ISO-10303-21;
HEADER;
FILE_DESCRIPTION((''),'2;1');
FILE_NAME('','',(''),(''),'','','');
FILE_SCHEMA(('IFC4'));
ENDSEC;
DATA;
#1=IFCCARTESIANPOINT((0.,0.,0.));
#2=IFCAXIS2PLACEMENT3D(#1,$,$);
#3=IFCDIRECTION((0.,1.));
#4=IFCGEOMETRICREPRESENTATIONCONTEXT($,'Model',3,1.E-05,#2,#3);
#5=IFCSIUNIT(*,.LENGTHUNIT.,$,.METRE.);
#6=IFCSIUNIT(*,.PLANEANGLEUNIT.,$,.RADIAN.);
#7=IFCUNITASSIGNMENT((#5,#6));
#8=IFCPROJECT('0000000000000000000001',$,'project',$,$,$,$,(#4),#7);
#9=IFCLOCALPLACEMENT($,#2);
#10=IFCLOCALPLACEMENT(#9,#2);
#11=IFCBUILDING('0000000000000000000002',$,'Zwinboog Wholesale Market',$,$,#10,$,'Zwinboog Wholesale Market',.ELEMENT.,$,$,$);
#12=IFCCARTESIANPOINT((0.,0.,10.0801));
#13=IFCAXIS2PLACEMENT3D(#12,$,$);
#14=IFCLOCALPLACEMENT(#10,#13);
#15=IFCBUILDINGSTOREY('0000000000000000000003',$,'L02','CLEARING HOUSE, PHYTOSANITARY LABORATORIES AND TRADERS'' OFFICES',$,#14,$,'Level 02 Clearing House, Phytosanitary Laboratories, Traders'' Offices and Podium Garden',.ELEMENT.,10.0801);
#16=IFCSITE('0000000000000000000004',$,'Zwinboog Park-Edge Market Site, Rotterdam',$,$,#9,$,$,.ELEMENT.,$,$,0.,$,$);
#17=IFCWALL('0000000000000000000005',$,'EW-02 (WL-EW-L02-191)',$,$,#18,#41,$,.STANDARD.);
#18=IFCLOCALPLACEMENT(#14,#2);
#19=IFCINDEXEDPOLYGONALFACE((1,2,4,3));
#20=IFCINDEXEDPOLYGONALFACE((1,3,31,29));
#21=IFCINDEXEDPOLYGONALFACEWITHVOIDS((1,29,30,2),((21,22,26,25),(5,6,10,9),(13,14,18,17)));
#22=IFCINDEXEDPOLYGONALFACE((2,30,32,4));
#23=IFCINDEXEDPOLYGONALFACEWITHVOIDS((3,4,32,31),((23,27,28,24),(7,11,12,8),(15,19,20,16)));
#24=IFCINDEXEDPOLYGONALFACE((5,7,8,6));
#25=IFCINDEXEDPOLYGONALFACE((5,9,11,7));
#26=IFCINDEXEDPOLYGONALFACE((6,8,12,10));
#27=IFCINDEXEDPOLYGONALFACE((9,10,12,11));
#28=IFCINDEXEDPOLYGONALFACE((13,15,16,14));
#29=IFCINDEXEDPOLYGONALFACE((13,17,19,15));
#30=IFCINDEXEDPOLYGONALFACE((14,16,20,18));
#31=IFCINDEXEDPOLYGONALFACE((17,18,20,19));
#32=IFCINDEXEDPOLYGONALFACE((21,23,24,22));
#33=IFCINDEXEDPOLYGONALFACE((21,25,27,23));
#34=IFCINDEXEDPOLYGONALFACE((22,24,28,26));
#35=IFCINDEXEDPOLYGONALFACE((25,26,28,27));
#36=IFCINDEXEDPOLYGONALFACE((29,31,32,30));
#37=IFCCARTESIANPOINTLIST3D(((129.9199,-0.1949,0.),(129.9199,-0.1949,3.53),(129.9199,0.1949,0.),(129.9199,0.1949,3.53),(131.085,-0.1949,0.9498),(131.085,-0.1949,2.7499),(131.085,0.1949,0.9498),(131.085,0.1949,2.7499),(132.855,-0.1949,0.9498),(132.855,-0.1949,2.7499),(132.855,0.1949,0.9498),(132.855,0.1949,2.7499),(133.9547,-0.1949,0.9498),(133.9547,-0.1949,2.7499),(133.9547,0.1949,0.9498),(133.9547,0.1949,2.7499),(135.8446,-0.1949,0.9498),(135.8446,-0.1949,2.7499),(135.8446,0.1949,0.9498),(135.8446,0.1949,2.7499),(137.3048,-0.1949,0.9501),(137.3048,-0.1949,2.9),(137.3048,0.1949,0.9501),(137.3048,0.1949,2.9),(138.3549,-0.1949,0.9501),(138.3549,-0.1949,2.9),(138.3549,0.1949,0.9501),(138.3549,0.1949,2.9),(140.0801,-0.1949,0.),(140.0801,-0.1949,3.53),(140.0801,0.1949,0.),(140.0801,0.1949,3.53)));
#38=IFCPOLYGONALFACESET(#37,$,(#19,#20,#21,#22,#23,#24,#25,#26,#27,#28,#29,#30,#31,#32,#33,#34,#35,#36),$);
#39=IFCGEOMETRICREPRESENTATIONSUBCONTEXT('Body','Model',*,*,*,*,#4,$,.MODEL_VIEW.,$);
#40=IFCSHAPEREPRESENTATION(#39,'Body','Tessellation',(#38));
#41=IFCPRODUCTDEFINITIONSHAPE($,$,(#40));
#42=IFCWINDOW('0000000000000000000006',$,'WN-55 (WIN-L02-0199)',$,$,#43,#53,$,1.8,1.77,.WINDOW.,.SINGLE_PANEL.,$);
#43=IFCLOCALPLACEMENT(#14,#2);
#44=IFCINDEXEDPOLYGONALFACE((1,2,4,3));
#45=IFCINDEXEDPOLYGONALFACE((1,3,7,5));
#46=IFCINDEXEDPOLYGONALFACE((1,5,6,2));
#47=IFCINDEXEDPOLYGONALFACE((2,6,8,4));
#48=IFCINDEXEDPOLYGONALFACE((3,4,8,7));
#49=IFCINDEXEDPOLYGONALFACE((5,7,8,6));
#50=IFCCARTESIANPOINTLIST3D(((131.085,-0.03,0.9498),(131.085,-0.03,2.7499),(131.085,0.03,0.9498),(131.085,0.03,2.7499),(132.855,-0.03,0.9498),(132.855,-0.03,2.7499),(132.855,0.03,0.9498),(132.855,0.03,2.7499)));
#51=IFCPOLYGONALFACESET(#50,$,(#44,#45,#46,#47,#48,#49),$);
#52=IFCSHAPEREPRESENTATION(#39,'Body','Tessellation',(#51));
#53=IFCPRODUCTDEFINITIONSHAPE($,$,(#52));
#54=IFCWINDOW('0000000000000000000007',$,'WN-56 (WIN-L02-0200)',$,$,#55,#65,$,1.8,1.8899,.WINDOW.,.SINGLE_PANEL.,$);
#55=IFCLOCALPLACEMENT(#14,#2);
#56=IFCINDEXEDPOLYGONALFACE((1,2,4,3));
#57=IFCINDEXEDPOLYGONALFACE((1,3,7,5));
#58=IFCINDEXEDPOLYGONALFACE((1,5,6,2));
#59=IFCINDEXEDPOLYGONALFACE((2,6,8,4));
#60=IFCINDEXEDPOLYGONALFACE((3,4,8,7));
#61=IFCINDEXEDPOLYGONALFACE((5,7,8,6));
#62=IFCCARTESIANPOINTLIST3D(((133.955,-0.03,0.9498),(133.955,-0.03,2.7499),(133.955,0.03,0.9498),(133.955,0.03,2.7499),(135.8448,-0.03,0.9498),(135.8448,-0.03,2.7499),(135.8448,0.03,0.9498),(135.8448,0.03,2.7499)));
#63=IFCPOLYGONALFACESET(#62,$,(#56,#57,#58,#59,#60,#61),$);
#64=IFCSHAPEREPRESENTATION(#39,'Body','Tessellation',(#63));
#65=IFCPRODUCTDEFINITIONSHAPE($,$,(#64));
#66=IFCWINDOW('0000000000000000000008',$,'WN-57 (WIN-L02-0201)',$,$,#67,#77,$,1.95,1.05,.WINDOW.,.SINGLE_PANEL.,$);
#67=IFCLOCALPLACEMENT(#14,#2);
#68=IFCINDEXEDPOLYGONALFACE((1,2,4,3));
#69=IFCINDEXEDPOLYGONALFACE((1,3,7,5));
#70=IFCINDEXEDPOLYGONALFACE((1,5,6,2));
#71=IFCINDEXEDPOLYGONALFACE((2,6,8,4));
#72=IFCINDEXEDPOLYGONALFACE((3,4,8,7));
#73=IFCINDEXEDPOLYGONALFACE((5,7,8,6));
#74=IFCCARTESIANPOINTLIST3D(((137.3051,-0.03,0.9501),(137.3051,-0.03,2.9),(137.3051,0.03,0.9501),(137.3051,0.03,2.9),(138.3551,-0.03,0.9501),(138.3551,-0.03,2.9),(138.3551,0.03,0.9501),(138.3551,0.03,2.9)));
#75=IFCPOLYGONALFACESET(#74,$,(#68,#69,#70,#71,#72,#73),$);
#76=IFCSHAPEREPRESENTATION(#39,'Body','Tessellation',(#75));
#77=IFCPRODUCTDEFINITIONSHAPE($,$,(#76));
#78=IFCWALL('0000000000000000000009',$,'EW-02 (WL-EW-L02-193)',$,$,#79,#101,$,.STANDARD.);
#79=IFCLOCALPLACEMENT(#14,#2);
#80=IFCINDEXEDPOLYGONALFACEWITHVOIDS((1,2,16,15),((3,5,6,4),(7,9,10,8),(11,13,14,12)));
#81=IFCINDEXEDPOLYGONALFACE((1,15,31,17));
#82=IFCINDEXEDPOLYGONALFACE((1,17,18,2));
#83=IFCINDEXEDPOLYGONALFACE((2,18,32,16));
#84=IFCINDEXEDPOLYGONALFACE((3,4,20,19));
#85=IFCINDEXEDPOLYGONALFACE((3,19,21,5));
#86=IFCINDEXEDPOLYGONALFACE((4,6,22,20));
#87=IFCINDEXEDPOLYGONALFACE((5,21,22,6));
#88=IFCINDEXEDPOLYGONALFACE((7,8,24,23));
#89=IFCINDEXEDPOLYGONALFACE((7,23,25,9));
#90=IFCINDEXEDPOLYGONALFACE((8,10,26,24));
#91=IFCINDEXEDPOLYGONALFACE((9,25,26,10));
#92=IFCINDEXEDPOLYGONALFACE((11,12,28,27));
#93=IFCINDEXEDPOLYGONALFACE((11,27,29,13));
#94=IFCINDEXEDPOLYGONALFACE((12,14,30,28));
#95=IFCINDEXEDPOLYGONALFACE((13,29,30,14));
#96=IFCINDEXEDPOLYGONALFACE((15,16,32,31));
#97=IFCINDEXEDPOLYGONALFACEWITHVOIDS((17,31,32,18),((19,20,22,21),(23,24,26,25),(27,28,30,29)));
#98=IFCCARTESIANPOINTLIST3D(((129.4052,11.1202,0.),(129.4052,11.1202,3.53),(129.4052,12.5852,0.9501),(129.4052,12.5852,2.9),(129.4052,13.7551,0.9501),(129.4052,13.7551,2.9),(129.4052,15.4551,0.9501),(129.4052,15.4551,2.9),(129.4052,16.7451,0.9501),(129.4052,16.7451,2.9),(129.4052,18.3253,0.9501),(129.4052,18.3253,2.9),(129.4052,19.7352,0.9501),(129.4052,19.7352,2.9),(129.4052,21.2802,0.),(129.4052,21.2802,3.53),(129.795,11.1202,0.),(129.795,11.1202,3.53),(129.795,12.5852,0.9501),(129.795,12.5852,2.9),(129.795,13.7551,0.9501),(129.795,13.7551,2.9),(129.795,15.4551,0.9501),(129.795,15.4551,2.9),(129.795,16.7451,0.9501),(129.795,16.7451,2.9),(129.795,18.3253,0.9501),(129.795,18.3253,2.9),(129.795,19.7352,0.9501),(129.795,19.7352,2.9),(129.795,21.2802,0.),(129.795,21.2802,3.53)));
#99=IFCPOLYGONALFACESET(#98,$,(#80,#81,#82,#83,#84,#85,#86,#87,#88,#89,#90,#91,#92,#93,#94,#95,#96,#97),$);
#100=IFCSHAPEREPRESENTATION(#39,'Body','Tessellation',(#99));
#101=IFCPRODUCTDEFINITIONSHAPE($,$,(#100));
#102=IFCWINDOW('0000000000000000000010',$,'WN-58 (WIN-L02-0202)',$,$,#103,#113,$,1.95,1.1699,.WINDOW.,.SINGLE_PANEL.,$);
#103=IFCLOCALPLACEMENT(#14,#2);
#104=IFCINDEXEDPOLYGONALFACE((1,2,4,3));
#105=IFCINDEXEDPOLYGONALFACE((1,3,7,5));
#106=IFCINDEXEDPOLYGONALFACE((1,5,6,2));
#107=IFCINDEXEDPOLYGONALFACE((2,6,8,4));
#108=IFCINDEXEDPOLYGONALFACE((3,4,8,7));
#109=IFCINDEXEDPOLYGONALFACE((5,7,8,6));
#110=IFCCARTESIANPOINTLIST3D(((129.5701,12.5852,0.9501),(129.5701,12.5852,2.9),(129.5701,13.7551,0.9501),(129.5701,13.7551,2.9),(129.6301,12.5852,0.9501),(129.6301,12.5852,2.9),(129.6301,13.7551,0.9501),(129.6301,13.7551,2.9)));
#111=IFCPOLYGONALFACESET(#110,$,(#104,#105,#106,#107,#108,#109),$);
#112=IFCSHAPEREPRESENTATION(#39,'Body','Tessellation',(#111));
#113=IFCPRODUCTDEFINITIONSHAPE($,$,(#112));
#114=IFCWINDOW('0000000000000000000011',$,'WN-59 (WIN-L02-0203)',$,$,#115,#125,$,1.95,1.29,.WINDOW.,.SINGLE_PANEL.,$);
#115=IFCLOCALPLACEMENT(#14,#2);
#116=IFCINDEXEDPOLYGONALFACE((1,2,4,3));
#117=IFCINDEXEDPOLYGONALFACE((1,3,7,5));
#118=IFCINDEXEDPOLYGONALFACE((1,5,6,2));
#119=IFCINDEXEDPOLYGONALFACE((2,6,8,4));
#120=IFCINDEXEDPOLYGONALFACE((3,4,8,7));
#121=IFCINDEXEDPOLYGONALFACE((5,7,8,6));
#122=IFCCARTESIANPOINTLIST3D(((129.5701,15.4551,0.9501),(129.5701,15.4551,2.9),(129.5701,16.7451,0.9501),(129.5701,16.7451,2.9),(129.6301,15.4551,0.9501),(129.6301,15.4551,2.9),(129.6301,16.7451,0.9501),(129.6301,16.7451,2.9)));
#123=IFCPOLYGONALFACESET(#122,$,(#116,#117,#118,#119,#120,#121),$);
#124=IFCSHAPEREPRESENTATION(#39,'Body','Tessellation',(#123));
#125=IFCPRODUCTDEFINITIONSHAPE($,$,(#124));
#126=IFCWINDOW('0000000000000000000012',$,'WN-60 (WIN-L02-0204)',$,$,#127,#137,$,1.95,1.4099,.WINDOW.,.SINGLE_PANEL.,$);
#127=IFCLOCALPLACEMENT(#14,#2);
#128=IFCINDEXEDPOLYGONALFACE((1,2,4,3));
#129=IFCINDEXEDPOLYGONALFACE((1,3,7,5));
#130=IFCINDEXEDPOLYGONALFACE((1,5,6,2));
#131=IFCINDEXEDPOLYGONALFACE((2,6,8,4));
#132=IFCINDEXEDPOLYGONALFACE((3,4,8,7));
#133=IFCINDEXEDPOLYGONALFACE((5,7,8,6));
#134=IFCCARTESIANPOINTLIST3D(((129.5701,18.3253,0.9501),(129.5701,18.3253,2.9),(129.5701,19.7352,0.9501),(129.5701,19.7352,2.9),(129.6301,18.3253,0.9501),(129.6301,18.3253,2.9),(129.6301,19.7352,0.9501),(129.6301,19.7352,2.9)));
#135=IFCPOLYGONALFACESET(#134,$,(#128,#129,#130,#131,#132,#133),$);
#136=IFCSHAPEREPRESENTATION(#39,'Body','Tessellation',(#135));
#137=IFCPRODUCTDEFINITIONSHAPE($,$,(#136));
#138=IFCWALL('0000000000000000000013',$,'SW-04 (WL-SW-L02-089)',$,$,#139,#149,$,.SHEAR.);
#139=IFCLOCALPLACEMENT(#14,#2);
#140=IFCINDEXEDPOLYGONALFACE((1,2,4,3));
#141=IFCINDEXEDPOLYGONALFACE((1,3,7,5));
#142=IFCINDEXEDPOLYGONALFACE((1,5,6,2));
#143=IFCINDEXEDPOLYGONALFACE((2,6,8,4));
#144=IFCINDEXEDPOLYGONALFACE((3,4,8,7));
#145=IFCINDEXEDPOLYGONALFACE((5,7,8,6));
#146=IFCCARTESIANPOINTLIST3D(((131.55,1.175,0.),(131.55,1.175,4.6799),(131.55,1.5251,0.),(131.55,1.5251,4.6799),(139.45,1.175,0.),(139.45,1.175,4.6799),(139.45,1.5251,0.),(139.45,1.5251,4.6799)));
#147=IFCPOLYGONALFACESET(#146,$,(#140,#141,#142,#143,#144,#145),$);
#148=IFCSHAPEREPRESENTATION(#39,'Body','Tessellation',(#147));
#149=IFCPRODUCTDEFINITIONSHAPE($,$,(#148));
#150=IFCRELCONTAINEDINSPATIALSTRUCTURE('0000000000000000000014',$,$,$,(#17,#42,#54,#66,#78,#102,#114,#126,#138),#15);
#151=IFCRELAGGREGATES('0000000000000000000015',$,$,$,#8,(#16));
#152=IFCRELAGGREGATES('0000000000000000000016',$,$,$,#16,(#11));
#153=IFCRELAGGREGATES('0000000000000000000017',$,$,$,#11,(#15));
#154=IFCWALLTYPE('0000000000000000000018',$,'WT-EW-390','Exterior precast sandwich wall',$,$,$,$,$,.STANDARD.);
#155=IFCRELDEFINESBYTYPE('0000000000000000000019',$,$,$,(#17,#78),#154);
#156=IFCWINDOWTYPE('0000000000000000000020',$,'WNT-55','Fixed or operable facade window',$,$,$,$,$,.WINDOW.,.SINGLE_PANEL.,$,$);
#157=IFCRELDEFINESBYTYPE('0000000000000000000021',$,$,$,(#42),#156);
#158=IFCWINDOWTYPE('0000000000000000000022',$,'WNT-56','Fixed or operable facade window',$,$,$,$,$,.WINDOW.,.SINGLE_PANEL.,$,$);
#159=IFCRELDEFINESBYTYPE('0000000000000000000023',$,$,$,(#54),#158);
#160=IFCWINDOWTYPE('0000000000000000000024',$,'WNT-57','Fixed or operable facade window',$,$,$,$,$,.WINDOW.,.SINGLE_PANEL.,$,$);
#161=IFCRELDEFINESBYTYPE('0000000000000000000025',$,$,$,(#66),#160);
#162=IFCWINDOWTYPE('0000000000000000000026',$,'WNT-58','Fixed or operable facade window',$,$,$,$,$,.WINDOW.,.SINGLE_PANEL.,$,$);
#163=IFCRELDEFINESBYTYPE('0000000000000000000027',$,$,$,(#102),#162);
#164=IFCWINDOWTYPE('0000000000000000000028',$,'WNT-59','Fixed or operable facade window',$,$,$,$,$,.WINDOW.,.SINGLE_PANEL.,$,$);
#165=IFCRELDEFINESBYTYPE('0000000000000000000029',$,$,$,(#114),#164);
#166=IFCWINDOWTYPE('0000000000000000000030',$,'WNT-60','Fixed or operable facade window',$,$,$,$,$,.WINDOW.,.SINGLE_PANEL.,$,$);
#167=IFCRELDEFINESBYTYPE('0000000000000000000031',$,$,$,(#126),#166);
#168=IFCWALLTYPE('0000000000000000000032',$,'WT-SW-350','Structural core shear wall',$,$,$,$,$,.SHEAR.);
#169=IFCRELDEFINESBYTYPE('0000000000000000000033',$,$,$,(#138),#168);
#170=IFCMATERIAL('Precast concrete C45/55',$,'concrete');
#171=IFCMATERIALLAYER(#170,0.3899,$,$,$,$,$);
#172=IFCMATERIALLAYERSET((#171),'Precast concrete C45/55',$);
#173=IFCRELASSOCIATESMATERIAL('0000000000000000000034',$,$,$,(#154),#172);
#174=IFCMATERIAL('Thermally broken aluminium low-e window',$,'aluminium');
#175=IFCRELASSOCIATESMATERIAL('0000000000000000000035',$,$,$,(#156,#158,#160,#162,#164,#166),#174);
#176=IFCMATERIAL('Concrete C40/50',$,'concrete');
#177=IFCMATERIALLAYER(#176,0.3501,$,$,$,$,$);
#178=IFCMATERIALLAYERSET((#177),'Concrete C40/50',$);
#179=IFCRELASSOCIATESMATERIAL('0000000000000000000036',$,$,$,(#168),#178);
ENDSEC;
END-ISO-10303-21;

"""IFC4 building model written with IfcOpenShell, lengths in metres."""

from ifc_helpers import new_model, si_unit, direction, frame, frame_2d, origin, place, context, subcontext, project, spatial, rectangle, extrude, material, layer, layer_set, type_object, element, fill, save


model = new_model("IFC4")

# Units and contexts
model_context = context("Model", 3, precision=1e-05, world=origin(), true_north=direction((0.0, 1.0)))
body_context = subcontext(model_context, "Body", "Model", "MODEL_VIEW")
ifc_project = project(units=[si_unit("LENGTHUNIT", "METRE"), si_unit("PLANEANGLEUNIT", "RADIAN")], contexts=[model_context])

# Site, building, storey
site_placement = place(None, origin())
site = spatial("IfcSite", under=ifc_project, at=site_placement, Name="Zwinboog Park-Edge Market Site, Rotterdam", CompositionType="ELEMENT", RefElevation=0.0)
building_placement = place(site_placement, origin())
building = spatial("IfcBuilding", under=site, at=building_placement, Name="Zwinboog Wholesale Market", LongName="Zwinboog Wholesale Market", CompositionType="ELEMENT")
storey_placement = place(building_placement, frame((0.0, 0.0, 10.0801)))
storey = spatial("IfcBuildingStorey", under=building, at=storey_placement, Name="L02", Description="CLEARING HOUSE, PHYTOSANITARY LABORATORIES AND TRADERS' OFFICES", LongName="Level 02 Clearing House, Phytosanitary Laboratories, Traders' Offices and Podium Garden", CompositionType="ELEMENT", Elevation=10.0801)

# Shared definitions
ifc_material_1 = material(Name="Precast concrete C45/55", Category="concrete")

# Walls, openings, windows
ifc_layer_1 = layer(ifc_material_1, 0.3899)
ifc_layer_set_1 = layer_set([ifc_layer_1], Name="Precast concrete C45/55")
wall_type_1 = type_object("IfcWallType", Name="WT-EW-390", Description="Exterior precast sandwich wall", PredefinedType="STANDARD", material=ifc_layer_set_1)
wall_1_placement = place(storey_placement, frame((129.9199, 0.0, 0.0), z_axis=(0.0, 0.0, 1.0), x_axis=(1.0, 0.0, 0.0)))
wall_1 = element("IfcWall", 1, at=wall_1_placement, inside=storey, type_object=wall_type_1, Name="EW-02 (WL-EW-L02-191)", PredefinedType="STANDARD", context=body_context, shape_type="SweptSolid", body=[
    extrude(rectangle(XDim=10.1602, YDim=0.3899, at=frame_2d((5.0801, 0.0))), origin(), (0.0, 0.0, 1.0), 3.53),
])
opening_1_placement = place(wall_1_placement, frame((1.165, 0.0, 0.95)))
opening_1 = element("IfcOpeningElement", 2, at=opening_1_placement, cuts=wall_1, PredefinedType="OPENING", context=body_context, shape_type="SweptSolid", body=[
    extrude(rectangle(XDim=1.77, YDim=1.8, at=frame_2d((0.885, 0.8999))), frame((0.0, 0.2048, 0.0), z_axis=(0.0, -1.0, 0.0), x_axis=(1.0, 0.0, 0.0)), (0.0, 0.0, 1.0), 0.4099),
])
opening_2_placement = place(wall_1_placement, frame((4.0349, 0.0, 0.95)))
opening_2 = element("IfcOpeningElement", 3, at=opening_2_placement, cuts=wall_1, PredefinedType="OPENING", context=body_context, shape_type="SweptSolid", body=[
    extrude(rectangle(XDim=1.8899, YDim=1.8, at=frame_2d((0.9448, 0.8999))), frame((0.0, 0.2048, 0.0), z_axis=(0.0, -1.0, 0.0), x_axis=(1.0, 0.0, 0.0)), (0.0, 0.0, 1.0), 0.4099),
])
opening_3_placement = place(wall_1_placement, frame((7.385, 0.0, 0.95)))
opening_3 = element("IfcOpeningElement", 4, at=opening_3_placement, cuts=wall_1, PredefinedType="OPENING", context=body_context, shape_type="SweptSolid", body=[
    extrude(rectangle(XDim=1.05, YDim=1.95, at=frame_2d((0.5249, 0.9751))), frame((0.0, 0.2048, 0.0), z_axis=(0.0, -1.0, 0.0), x_axis=(1.0, 0.0, 0.0)), (0.0, 0.0, 1.0), 0.4099),
])
ifc_material_2 = material(Name="Thermally broken aluminium low-e window", Category="aluminium")
window_type_1 = type_object("IfcWindowType", Name="WNT-55", Description="Fixed or operable facade window", PartitioningType="SINGLE_PANEL", PredefinedType="WINDOW", material=ifc_material_2)
window_1_placement = place(opening_1_placement, frame((1.77, 0.0, 0.0), z_axis=(0.0, 0.0, 1.0), x_axis=(-1.0, 0.0, 0.0)))
window_1 = element("IfcWindow", 5, at=window_1_placement, inside=storey, type_object=window_type_1, Name="WN-55 (WIN-L02-0199)", OverallHeight=1.8, OverallWidth=1.77, PartitioningType="SINGLE_PANEL", PredefinedType="WINDOW", context=body_context, shape_type="SweptSolid", body=[
    extrude(rectangle(XDim=1.77, YDim=1.8, at=frame_2d((0.885, 0.8999))), frame((0.0, 0.03, 0.0), z_axis=(0.0, -1.0, 0.0), x_axis=(1.0, 0.0, 0.0)), (0.0, 0.0, 1.0), 0.0601),
])
fill(opening_1, window_1)
window_type_2 = type_object("IfcWindowType", Name="WNT-56", Description="Fixed or operable facade window", PartitioningType="SINGLE_PANEL", PredefinedType="WINDOW", material=ifc_material_2)
window_2_placement = place(opening_2_placement, frame((1.8899, 0.0, 0.0), z_axis=(0.0, 0.0, 1.0), x_axis=(-1.0, 0.0, 0.0)))
window_2 = element("IfcWindow", 6, at=window_2_placement, inside=storey, type_object=window_type_2, Name="WN-56 (WIN-L02-0200)", OverallHeight=1.8, OverallWidth=1.8899, PartitioningType="SINGLE_PANEL", PredefinedType="WINDOW", context=body_context, shape_type="SweptSolid", body=[
    extrude(rectangle(XDim=1.8899, YDim=1.8, at=frame_2d((0.9448, 0.8999))), frame((0.0, 0.03, 0.0), z_axis=(0.0, -1.0, 0.0), x_axis=(1.0, 0.0, 0.0)), (0.0, 0.0, 1.0), 0.0601),
])
fill(opening_2, window_2)
window_type_3 = type_object("IfcWindowType", Name="WNT-57", Description="Fixed or operable facade window", PartitioningType="SINGLE_PANEL", PredefinedType="WINDOW", material=ifc_material_2)
window_3_placement = place(opening_3_placement, frame((1.05, 0.0, 0.0), z_axis=(0.0, 0.0, 1.0), x_axis=(-1.0, 0.0, 0.0)))
window_3 = element("IfcWindow", 7, at=window_3_placement, inside=storey, type_object=window_type_3, Name="WN-57 (WIN-L02-0201)", OverallHeight=1.95, OverallWidth=1.05, PartitioningType="SINGLE_PANEL", PredefinedType="WINDOW", context=body_context, shape_type="SweptSolid", body=[
    extrude(rectangle(XDim=1.05, YDim=1.95, at=frame_2d((0.5249, 0.9751))), frame((0.0, 0.03, 0.0), z_axis=(0.0, -1.0, 0.0), x_axis=(1.0, 0.0, 0.0)), (0.0, 0.0, 1.0), 0.0601),
])
fill(opening_3, window_3)
wall_2_placement = place(storey_placement, frame((129.6001, 11.1201, 0.0), z_axis=(0.0, 0.0, 1.0), x_axis=(0.0, 1.0, 0.0)))
wall_2 = element("IfcWall", 8, at=wall_2_placement, inside=storey, type_object=wall_type_1, Name="EW-02 (WL-EW-L02-193)", PredefinedType="STANDARD", context=body_context, shape_type="SweptSolid", body=[
    extrude(rectangle(XDim=10.1599, YDim=0.3899, at=frame_2d((5.0801, 0.0))), origin(), (0.0, 0.0, 1.0), 3.53),
])
opening_4_placement = place(wall_2_placement, frame((1.4651, 0.0, 0.95)))
opening_4 = element("IfcOpeningElement", 9, at=opening_4_placement, cuts=wall_2, PredefinedType="OPENING", context=body_context, shape_type="SweptSolid", body=[
    extrude(rectangle(XDim=1.1699, YDim=1.95, at=frame_2d((0.585, 0.9751))), frame((0.0, 0.2048, 0.0), z_axis=(0.0, -1.0, 0.0), x_axis=(1.0, 0.0, 0.0)), (0.0, 0.0, 1.0), 0.4099),
])
opening_5_placement = place(wall_2_placement, frame((4.335, 0.0, 0.95)))
opening_5 = element("IfcOpeningElement", 10, at=opening_5_placement, cuts=wall_2, PredefinedType="OPENING", context=body_context, shape_type="SweptSolid", body=[
    extrude(rectangle(XDim=1.29, YDim=1.95, at=frame_2d((0.645, 0.9751))), frame((0.0, 0.2048, 0.0), z_axis=(0.0, -1.0, 0.0), x_axis=(1.0, 0.0, 0.0)), (0.0, 0.0, 1.0), 0.4099),
])
opening_6_placement = place(wall_2_placement, frame((7.2051, 0.0, 0.95)))
opening_6 = element("IfcOpeningElement", 11, at=opening_6_placement, cuts=wall_2, PredefinedType="OPENING", context=body_context, shape_type="SweptSolid", body=[
    extrude(rectangle(XDim=1.4099, YDim=1.95, at=frame_2d((0.7051, 0.9751))), frame((0.0, 0.2048, 0.0), z_axis=(0.0, -1.0, 0.0), x_axis=(1.0, 0.0, 0.0)), (0.0, 0.0, 1.0), 0.4099),
])
window_type_4 = type_object("IfcWindowType", Name="WNT-58", Description="Fixed or operable facade window", PartitioningType="SINGLE_PANEL", PredefinedType="WINDOW", material=ifc_material_2)
window_4_placement = place(opening_4_placement, origin())
window_4 = element("IfcWindow", 12, at=window_4_placement, inside=storey, type_object=window_type_4, Name="WN-58 (WIN-L02-0202)", OverallHeight=1.95, OverallWidth=1.1699, PartitioningType="SINGLE_PANEL", PredefinedType="WINDOW", context=body_context, shape_type="SweptSolid", body=[
    extrude(rectangle(XDim=1.1699, YDim=1.95, at=frame_2d((0.585, 0.9751))), frame((0.0, 0.03, 0.0), z_axis=(0.0, -1.0, 0.0), x_axis=(1.0, 0.0, 0.0)), (0.0, 0.0, 1.0), 0.0601),
])
fill(opening_4, window_4)
window_type_5 = type_object("IfcWindowType", Name="WNT-59", Description="Fixed or operable facade window", PartitioningType="SINGLE_PANEL", PredefinedType="WINDOW", material=ifc_material_2)
window_5_placement = place(opening_5_placement, origin())
window_5 = element("IfcWindow", 13, at=window_5_placement, inside=storey, type_object=window_type_5, Name="WN-59 (WIN-L02-0203)", OverallHeight=1.95, OverallWidth=1.29, PartitioningType="SINGLE_PANEL", PredefinedType="WINDOW", context=body_context, shape_type="SweptSolid", body=[
    extrude(rectangle(XDim=1.29, YDim=1.95, at=frame_2d((0.645, 0.9751))), frame((0.0, 0.03, 0.0), z_axis=(0.0, -1.0, 0.0), x_axis=(1.0, 0.0, 0.0)), (0.0, 0.0, 1.0), 0.0601),
])
fill(opening_5, window_5)
window_type_6 = type_object("IfcWindowType", Name="WNT-60", Description="Fixed or operable facade window", PartitioningType="SINGLE_PANEL", PredefinedType="WINDOW", material=ifc_material_2)
window_6_placement = place(opening_6_placement, origin())
window_6 = element("IfcWindow", 14, at=window_6_placement, inside=storey, type_object=window_type_6, Name="WN-60 (WIN-L02-0204)", OverallHeight=1.95, OverallWidth=1.4099, PartitioningType="SINGLE_PANEL", PredefinedType="WINDOW", context=body_context, shape_type="SweptSolid", body=[
    extrude(rectangle(XDim=1.4099, YDim=1.95, at=frame_2d((0.7051, 0.9751))), frame((0.0, 0.03, 0.0), z_axis=(0.0, -1.0, 0.0), x_axis=(1.0, 0.0, 0.0)), (0.0, 0.0, 1.0), 0.0601),
])
fill(opening_6, window_6)

# Wall
ifc_material_3 = material(Name="Concrete C40/50", Category="concrete")
ifc_layer_2 = layer(ifc_material_3, 0.3501)
ifc_layer_set_2 = layer_set([ifc_layer_2], Name="Concrete C40/50")
wall_type_2 = type_object("IfcWallType", Name="WT-SW-350", Description="Structural core shear wall", PredefinedType="SHEAR", material=ifc_layer_set_2)
wall_3_placement = place(storey_placement, frame((131.55, 1.3501, 0.0), z_axis=(0.0, 0.0, 1.0), x_axis=(1.0, 0.0, 0.0)))
element("IfcWall", 15, at=wall_3_placement, inside=storey, type_object=wall_type_2, Name="SW-04 (WL-SW-L02-089)", PredefinedType="SHEAR", context=body_context, shape_type="SweptSolid", body=[
    extrude(rectangle(XDim=7.8999, YDim=0.3501, at=frame_2d((3.95, 0.0))), origin(), (0.0, 0.0, 1.0), 4.6799),
])

save(model, "model.ifc")
